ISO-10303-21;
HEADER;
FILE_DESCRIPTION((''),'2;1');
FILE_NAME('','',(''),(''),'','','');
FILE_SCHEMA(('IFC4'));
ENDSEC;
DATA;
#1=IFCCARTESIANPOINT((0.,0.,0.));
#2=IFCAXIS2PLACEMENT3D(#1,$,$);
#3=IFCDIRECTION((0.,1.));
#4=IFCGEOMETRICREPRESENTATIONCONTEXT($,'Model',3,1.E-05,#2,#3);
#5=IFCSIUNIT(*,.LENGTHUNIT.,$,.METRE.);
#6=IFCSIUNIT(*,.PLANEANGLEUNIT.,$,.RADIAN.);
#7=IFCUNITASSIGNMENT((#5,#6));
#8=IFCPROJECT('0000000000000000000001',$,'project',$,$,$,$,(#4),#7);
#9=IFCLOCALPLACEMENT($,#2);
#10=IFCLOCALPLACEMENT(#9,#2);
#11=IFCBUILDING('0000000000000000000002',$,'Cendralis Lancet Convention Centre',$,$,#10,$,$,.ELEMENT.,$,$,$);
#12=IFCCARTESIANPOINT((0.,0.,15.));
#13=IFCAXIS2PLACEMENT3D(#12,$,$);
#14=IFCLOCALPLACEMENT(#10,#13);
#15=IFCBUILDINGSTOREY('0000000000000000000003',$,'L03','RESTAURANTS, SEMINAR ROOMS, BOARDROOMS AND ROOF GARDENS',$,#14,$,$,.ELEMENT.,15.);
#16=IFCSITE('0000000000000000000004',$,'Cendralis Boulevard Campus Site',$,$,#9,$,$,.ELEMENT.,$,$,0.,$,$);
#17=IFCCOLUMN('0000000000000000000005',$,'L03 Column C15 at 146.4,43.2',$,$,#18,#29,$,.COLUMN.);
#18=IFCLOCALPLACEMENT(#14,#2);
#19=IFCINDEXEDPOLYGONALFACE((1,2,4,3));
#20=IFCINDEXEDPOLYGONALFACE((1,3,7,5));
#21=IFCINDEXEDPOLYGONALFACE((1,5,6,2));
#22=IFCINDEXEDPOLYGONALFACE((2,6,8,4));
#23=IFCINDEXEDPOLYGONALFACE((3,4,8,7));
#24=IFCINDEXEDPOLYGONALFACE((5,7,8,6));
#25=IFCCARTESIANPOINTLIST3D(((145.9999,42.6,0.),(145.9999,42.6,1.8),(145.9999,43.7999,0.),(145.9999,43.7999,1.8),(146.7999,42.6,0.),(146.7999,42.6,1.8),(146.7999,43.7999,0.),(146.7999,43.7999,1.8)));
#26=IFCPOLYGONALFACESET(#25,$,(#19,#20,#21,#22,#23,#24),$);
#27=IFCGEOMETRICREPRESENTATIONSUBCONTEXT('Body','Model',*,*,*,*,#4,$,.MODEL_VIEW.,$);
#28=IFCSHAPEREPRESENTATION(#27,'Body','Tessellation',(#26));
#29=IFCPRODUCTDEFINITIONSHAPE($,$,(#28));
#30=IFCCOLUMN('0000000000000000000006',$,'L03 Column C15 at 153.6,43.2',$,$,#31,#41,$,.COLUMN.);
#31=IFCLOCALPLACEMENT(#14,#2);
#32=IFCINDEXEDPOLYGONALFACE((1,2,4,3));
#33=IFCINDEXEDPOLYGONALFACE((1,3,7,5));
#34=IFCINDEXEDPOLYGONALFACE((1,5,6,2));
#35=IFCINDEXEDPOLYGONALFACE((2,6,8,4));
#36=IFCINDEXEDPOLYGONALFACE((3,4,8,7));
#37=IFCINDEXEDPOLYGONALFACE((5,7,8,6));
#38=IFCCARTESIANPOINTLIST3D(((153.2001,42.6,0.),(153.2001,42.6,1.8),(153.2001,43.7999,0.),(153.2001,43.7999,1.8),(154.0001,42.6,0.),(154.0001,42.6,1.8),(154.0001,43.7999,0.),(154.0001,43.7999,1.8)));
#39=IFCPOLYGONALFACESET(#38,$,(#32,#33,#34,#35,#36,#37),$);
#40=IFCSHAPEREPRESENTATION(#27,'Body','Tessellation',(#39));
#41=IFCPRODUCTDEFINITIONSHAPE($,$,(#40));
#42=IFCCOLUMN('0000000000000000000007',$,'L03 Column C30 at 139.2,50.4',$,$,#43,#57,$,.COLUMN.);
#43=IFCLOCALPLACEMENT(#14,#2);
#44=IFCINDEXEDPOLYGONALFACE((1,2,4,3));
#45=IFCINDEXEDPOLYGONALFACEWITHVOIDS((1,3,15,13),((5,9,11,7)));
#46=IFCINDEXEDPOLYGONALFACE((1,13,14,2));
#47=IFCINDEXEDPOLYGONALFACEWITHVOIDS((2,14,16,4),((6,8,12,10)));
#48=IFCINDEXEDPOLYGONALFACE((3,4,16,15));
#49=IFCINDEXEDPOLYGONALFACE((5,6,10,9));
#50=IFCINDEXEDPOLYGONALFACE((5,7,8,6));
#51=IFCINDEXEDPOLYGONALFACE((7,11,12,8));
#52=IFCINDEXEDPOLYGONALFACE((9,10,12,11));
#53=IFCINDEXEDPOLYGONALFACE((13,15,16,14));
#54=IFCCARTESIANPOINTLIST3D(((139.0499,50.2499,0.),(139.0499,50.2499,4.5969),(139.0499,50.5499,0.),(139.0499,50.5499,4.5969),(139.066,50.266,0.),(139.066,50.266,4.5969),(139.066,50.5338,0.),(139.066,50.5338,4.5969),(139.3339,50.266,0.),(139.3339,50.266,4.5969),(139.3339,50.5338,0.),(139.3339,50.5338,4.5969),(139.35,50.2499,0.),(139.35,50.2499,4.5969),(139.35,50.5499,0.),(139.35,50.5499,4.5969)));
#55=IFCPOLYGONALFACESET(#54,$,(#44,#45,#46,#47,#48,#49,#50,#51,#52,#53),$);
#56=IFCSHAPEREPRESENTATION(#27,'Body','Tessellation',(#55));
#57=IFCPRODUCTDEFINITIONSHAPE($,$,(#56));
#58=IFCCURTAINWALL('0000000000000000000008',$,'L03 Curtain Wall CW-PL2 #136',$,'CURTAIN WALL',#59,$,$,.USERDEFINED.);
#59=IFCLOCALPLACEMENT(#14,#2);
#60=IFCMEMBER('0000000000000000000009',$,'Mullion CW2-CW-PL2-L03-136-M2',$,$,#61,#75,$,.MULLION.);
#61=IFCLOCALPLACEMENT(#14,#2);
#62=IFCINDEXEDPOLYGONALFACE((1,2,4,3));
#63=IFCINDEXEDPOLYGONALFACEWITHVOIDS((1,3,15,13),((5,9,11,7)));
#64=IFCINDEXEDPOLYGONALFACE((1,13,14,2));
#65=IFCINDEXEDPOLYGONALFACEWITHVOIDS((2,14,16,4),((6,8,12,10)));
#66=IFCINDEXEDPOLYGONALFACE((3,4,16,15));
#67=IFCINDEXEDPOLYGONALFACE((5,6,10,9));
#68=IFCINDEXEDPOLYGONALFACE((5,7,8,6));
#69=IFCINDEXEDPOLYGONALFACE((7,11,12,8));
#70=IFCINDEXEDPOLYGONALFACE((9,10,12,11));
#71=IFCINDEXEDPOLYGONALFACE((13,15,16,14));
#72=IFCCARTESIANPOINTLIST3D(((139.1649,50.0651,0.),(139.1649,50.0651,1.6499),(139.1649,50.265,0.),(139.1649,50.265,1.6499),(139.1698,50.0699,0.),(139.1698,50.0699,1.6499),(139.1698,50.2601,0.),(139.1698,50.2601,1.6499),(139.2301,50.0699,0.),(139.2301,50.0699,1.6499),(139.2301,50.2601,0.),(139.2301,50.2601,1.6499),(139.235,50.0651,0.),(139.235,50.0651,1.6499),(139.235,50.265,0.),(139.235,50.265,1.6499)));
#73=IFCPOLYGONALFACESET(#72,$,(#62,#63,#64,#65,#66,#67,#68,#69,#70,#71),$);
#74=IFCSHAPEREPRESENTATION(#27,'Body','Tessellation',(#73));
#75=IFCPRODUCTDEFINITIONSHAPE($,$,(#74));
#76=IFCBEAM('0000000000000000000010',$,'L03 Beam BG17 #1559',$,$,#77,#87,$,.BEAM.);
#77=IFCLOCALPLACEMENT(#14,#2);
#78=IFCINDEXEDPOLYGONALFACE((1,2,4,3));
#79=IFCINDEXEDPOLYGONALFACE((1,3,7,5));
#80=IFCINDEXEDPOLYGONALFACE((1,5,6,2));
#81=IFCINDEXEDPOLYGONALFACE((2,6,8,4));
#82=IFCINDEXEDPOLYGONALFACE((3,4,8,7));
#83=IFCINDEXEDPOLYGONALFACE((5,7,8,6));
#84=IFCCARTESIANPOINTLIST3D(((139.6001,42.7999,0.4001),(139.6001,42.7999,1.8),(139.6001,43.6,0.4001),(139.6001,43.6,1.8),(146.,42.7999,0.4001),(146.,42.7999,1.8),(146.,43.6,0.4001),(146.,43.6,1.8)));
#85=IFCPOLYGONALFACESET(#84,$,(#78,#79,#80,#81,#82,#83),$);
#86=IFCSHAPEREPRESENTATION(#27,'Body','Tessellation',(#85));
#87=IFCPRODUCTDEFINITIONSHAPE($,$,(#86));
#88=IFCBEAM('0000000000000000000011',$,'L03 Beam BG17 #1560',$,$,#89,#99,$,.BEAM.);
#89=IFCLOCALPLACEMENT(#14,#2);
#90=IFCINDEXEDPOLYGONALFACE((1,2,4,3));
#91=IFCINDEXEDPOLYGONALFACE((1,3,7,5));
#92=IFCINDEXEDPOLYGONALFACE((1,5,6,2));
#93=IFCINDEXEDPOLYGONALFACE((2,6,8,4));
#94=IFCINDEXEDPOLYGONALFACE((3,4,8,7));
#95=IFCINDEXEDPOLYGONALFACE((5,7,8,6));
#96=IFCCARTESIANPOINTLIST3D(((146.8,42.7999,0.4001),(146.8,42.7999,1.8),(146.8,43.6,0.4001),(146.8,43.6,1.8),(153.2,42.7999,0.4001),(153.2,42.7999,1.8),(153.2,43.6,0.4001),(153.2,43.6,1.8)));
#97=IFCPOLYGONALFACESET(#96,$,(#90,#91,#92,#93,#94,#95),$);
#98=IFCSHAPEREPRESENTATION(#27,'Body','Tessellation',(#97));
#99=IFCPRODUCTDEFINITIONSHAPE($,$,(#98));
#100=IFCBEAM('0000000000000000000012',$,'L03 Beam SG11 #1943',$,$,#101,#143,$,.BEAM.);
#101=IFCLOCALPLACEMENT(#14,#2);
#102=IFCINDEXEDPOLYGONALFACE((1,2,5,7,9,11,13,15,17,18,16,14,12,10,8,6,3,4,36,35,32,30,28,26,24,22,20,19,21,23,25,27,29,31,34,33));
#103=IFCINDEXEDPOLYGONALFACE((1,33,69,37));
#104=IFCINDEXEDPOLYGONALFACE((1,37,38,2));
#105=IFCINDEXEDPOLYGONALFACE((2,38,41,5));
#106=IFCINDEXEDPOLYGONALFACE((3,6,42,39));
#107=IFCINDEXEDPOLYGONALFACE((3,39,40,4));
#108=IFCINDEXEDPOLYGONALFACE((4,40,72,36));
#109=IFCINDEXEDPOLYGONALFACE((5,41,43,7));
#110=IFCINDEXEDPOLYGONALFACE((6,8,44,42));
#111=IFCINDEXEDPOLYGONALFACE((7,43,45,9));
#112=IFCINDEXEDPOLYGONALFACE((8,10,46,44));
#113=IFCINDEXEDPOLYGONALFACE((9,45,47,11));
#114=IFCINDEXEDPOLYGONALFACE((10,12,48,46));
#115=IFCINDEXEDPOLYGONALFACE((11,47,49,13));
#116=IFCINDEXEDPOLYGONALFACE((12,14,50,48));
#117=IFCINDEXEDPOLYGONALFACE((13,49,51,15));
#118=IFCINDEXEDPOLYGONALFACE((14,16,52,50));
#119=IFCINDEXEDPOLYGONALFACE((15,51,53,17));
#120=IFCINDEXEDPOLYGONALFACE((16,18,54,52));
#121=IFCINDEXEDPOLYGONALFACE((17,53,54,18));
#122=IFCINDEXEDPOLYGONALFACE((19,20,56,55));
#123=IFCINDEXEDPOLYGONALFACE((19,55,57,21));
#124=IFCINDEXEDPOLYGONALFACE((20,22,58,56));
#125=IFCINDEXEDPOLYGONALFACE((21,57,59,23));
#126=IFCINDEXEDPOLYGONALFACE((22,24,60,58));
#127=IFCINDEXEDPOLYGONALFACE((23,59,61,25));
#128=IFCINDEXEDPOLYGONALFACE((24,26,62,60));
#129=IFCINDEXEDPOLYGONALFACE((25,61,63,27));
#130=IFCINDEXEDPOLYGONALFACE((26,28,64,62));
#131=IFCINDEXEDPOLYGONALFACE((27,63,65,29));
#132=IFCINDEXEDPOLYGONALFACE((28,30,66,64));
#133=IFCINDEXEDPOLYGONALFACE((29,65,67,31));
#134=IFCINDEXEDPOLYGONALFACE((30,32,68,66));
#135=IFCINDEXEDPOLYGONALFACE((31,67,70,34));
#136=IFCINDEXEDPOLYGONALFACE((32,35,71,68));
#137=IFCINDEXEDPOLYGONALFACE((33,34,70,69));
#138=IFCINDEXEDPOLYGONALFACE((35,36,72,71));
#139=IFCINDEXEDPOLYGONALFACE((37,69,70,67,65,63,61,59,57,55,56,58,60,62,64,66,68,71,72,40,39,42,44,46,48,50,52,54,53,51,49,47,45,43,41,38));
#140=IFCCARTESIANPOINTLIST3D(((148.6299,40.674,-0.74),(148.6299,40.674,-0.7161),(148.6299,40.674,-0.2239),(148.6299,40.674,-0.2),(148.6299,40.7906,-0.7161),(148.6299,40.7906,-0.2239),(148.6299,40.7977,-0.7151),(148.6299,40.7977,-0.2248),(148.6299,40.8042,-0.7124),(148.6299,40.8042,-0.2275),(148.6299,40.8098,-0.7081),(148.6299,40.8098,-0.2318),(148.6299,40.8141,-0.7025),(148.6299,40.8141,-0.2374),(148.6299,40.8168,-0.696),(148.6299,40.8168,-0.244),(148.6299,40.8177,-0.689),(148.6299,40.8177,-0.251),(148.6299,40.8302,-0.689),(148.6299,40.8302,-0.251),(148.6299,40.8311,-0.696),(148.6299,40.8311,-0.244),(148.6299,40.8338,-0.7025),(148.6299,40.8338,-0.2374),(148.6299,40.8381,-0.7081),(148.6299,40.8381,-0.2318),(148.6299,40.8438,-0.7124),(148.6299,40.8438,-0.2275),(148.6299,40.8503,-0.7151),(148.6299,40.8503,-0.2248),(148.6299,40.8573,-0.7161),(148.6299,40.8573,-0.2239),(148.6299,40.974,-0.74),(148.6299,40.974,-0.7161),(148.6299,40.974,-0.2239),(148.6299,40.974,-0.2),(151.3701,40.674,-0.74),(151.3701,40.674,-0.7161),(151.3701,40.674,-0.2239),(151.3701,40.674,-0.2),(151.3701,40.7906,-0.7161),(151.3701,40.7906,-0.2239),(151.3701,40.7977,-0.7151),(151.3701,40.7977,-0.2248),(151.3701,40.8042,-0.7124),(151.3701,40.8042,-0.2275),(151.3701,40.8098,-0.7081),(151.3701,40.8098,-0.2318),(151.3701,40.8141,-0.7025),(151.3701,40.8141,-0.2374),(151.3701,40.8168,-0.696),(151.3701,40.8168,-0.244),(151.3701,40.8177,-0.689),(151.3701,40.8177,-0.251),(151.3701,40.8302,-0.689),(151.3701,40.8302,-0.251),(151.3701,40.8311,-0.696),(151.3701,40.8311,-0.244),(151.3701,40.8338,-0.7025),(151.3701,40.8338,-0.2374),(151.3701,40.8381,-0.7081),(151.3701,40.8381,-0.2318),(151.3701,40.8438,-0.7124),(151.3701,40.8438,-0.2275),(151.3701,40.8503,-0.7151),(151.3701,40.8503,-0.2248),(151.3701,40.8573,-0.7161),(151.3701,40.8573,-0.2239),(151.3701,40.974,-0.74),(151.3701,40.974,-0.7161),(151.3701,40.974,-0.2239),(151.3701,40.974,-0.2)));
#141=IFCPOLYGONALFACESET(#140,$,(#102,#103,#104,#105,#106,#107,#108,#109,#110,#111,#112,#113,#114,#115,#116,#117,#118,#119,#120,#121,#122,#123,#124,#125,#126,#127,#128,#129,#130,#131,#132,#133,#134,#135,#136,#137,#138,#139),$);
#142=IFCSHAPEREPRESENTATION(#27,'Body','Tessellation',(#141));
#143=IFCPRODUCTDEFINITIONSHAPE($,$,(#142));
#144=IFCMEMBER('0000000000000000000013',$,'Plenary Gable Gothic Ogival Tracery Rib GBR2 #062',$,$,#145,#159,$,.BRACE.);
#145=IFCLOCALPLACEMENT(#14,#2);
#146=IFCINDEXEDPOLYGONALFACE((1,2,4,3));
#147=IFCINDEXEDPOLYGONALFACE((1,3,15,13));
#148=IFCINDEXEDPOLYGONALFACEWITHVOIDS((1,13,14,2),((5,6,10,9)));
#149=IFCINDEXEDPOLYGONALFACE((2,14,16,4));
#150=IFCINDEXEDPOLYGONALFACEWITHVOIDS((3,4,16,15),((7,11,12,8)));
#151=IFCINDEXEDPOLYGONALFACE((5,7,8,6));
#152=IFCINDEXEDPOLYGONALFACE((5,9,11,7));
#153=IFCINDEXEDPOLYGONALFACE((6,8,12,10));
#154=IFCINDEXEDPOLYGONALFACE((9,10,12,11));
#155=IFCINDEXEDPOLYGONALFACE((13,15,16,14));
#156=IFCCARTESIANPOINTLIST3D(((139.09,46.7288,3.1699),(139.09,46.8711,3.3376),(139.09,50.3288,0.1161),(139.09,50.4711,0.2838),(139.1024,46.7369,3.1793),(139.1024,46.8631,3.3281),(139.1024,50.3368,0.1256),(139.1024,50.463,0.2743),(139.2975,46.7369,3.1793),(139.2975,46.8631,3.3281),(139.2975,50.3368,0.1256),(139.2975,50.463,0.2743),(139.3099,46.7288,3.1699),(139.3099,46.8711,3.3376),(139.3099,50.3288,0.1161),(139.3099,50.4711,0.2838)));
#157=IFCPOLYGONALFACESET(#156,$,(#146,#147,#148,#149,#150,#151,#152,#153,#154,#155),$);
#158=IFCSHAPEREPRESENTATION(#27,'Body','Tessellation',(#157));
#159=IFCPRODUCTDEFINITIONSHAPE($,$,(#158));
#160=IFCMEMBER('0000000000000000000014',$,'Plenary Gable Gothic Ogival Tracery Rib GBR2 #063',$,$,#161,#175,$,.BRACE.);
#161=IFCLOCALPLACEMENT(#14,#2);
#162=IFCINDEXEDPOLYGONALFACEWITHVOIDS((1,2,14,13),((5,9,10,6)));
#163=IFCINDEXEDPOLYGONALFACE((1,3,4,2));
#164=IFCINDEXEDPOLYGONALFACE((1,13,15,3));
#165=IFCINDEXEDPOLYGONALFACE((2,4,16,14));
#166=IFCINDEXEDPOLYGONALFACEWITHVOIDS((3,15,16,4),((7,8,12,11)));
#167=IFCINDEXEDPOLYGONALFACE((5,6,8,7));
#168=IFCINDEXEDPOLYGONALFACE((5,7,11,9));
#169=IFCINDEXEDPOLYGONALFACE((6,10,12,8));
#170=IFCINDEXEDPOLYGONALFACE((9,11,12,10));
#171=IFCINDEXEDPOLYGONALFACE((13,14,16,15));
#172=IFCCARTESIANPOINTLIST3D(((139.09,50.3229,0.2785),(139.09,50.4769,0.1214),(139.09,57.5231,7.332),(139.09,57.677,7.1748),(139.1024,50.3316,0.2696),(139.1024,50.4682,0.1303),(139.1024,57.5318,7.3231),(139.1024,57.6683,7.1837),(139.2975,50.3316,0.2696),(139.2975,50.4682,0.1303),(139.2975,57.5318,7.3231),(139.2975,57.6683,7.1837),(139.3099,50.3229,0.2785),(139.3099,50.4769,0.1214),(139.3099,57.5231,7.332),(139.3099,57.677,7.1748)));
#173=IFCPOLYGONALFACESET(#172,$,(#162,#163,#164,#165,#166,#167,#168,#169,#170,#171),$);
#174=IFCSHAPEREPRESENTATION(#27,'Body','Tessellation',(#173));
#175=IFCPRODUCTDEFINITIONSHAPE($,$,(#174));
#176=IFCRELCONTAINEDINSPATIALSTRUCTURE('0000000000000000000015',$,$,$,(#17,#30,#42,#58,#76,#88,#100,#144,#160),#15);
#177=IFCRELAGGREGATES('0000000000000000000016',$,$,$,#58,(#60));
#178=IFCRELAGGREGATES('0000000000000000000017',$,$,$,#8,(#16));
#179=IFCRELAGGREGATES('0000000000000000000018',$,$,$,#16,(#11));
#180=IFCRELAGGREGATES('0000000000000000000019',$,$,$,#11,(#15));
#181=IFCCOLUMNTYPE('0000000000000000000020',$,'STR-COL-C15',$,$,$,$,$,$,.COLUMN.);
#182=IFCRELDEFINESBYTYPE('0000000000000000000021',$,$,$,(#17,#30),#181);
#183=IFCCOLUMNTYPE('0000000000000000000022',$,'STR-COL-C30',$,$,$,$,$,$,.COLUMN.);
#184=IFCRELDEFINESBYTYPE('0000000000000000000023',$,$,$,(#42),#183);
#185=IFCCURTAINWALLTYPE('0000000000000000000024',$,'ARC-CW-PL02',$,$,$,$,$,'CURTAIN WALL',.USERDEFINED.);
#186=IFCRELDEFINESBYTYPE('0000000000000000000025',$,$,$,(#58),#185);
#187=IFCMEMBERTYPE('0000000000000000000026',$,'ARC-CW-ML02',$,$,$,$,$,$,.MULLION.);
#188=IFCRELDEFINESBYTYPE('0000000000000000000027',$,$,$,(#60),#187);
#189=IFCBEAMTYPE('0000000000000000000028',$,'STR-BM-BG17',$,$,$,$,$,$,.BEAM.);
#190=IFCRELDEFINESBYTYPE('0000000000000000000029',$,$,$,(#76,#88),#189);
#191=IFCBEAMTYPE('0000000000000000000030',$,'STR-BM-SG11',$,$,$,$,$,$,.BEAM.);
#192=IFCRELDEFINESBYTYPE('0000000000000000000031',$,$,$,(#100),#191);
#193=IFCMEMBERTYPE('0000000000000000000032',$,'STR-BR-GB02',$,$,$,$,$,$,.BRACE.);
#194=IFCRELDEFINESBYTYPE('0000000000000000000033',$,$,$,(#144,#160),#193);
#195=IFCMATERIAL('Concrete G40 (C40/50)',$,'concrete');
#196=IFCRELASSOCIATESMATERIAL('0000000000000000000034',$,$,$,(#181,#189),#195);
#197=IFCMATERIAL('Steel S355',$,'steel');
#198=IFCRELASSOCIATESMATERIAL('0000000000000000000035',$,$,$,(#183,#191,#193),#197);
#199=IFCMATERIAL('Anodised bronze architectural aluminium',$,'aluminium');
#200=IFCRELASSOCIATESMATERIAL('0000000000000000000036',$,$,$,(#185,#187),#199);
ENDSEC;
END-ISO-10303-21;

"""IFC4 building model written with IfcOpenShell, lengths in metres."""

from ifc_helpers import new_model, si_unit, direction, frame, origin, origin_2d, place, context, subcontext, project, spatial, rectangle, hollow_rectangle, i_section, extrude, material, material_profile, profile_set, type_object, element, aggregate, save


model = new_model("IFC4")

# Units and contexts
model_context = context("Model", 3, precision=1e-05, world=origin(), true_north=direction((0.0, 1.0)))
body_context = subcontext(model_context, "Body", "Model", "MODEL_VIEW")
ifc_project = project(units=[si_unit("LENGTHUNIT", "METRE"), si_unit("PLANEANGLEUNIT", "RADIAN")], contexts=[model_context])

# Site, building, storey
site_placement = place(None, origin())
site = spatial("IfcSite", under=ifc_project, at=site_placement, Name="Cendralis Boulevard Campus Site", CompositionType="ELEMENT", RefElevation=0.0)
building_placement = place(site_placement, origin())
building = spatial("IfcBuilding", under=site, at=building_placement, Name="Cendralis Lancet Convention Centre", CompositionType="ELEMENT")
storey_placement = place(building_placement, frame((0.0, 0.0, 15.0)))
storey = spatial("IfcBuildingStorey", under=building, at=storey_placement, Name="L03", Description="RESTAURANTS, SEMINAR ROOMS, BOARDROOMS AND ROOF GARDENS", CompositionType="ELEMENT", Elevation=15.0)

# Columns
ifc_material_1 = material(Name="Concrete G40 (C40/50)", Category="concrete")
ifc_material_profile_1 = material_profile(ifc_material_1, rectangle(XDim=0.8, YDim=1.2, at=origin_2d()), Name="RC 800x1200")
ifc_profile_set_1 = profile_set([ifc_material_profile_1], Name="Concrete G40 (C40/50)")
column_type_1 = type_object("IfcColumnType", Name="STR-COL-C15", PredefinedType="COLUMN", material=ifc_profile_set_1)
for number, where, z_axis, x_axis, name in (
    (1, (146.3999, 43.2, 0.0), (0.0, 0.0, 1.0), (1.0, 0.0, 0.0), "L03 Column C15 at 146.4,43.2"),
    (2, (153.6001, 43.2, 0.0), (0.0, 0.0, 1.0), (1.0, 0.0, 0.0), "L03 Column C15 at 153.6,43.2"),
):
    element("IfcColumn", number, at=place(storey_placement, frame(where, z_axis=z_axis, x_axis=x_axis)), inside=storey, type_object=column_type_1, Name=name, PredefinedType="COLUMN", context=body_context, shape_type="SweptSolid", body=[
        extrude(rectangle(XDim=0.8, YDim=1.2, at=origin_2d()), origin(), (0.0, 0.0, 1.0), 1.8),
    ])
ifc_material_2 = material(Name="Steel S355", Category="steel")
ifc_material_profile_2 = material_profile(ifc_material_2, hollow_rectangle(XDim=0.3, YDim=0.3, WallThickness=0.0161, at=origin_2d()), Name="SHS 300x300x16.0")
ifc_profile_set_2 = profile_set([ifc_material_profile_2], Name="Steel S355")
column_type_2 = type_object("IfcColumnType", Name="STR-COL-C30", PredefinedType="COLUMN", material=ifc_profile_set_2)
column_placement = place(storey_placement, frame((139.2, 50.3999, 0.0), z_axis=(0.0, 0.0, 1.0), x_axis=(1.0, 0.0, 0.0)))
element("IfcColumn", 3, at=column_placement, inside=storey, type_object=column_type_2, Name="L03 Column C30 at 139.2,50.4", PredefinedType="COLUMN", context=body_context, shape_type="SweptSolid", body=[
    extrude(hollow_rectangle(XDim=0.3, YDim=0.3, WallThickness=0.0161, at=origin_2d()), origin(), (0.0, 0.0, 1.0), 4.5969),
])

# Curtain wall, member
ifc_material_3 = material(Name="Anodised bronze architectural aluminium", Category="aluminium")
curtain_wall_type = type_object("IfcCurtainWallType", Name="ARC-CW-PL02", ElementType="CURTAIN WALL", PredefinedType="USERDEFINED", material=ifc_material_3)
curtain_wall_placement = place(storey_placement, origin())
curtain_wall = element("IfcCurtainWall", 4, at=curtain_wall_placement, inside=storey, type_object=curtain_wall_type, Name="L03 Curtain Wall CW-PL2 #136", ObjectType="CURTAIN WALL", PredefinedType="USERDEFINED")
ifc_material_profile_3 = material_profile(ifc_material_3, hollow_rectangle(XDim=0.0701, YDim=0.2, WallThickness=0.0049, at=origin_2d()), Name="AL-MULL 70x200x5.0")
ifc_profile_set_3 = profile_set([ifc_material_profile_3], Name="Anodised bronze architectural aluminium")
member_type_1 = type_object("IfcMemberType", Name="ARC-CW-ML02", PredefinedType="MULLION", material=ifc_profile_set_3)
member_1_placement = place(storey_placement, frame((139.2, 50.165, 0.0), z_axis=(0.0, 0.0, 1.0), x_axis=(1.0, 0.0, 0.0)))
member_1 = element("IfcMember", 5, at=member_1_placement, type_object=member_type_1, Name="Mullion CW2-CW-PL2-L03-136-M2", PredefinedType="MULLION", context=body_context, shape_type="SweptSolid", body=[
    extrude(hollow_rectangle(XDim=0.0701, YDim=0.2, WallThickness=0.0049, at=origin_2d()), origin(), (0.0, 0.0, 1.0), 1.6499),
])

# Beams
ifc_material_profile_4 = material_profile(ifc_material_1, rectangle(XDim=0.8, YDim=1.3999, at=origin_2d()), Name="RCB 800x1400")
ifc_profile_set_4 = profile_set([ifc_material_profile_4], Name="Concrete G40 (C40/50)")
beam_type_1 = type_object("IfcBeamType", Name="STR-BM-BG17", PredefinedType="BEAM", material=ifc_profile_set_4)
for number, where, z_axis, x_axis, name in (
    (6, (139.6001, 43.2, 1.1001), (1.0, 0.0, 0.0), (0.0, 1.0, 0.0), "L03 Beam BG17 #1559"),
    (7, (146.8, 43.2, 1.1001), (1.0, 0.0, 0.0), (0.0, 1.0, 0.0), "L03 Beam BG17 #1560"),
):
    element("IfcBeam", number, at=place(storey_placement, frame(where, z_axis=z_axis, x_axis=x_axis)), inside=storey, type_object=beam_type_1, Name=name, PredefinedType="BEAM", context=body_context, shape_type="SweptSolid", body=[
        extrude(rectangle(XDim=0.8, YDim=1.3999, at=origin_2d()), origin(), (0.0, 0.0, 1.0), 6.3999),
    ])
ifc_material_profile_5 = material_profile(ifc_material_2, i_section(OverallWidth=0.3, OverallDepth=0.54, WebThickness=0.0125, FlangeThickness=0.0239, FilletRadius=0.0271, at=origin_2d()), Name="HEA 550")
ifc_profile_set_5 = profile_set([ifc_material_profile_5], Name="Steel S355")
beam_type_2 = type_object("IfcBeamType", Name="STR-BM-SG11", PredefinedType="BEAM", material=ifc_profile_set_5)
beam_placement = place(storey_placement, frame((148.6299, 40.824, -0.47), z_axis=(1.0, 0.0, 0.0), x_axis=(0.0, 1.0, 0.0)))
element("IfcBeam", 8, at=beam_placement, inside=storey, type_object=beam_type_2, Name="L03 Beam SG11 #1943", PredefinedType="BEAM", context=body_context, shape_type="SweptSolid", body=[
    extrude(i_section(OverallWidth=0.3, OverallDepth=0.54, WebThickness=0.0125, FlangeThickness=0.0239, FilletRadius=0.0271, at=origin_2d()), origin(), (0.0, 0.0, 1.0), 2.7402),
])

# Members
ifc_material_profile_6 = material_profile(ifc_material_2, hollow_rectangle(XDim=0.22, YDim=0.22, WallThickness=0.0125, at=origin_2d()), Name="SHS 220x220x12.5")
ifc_profile_set_6 = profile_set([ifc_material_profile_6], Name="Steel S355")
member_type_2 = type_object("IfcMemberType", Name="STR-BR-GB02", PredefinedType="BRACE", material=ifc_profile_set_6)
member_2_placement = place(storey_placement, frame((139.2, 50.3999, 0.2), z_axis=(0.0, -0.762583, 0.64689), x_axis=(1.0, 0.0, 0.0)))
element("IfcMember", 9, at=member_2_placement, inside=storey, type_object=member_type_2, Name="Plenary Gable Gothic Ogival Tracery Rib GBR2 #062", PredefinedType="BRACE", context=body_context, shape_type="SweptSolid", body=[
    extrude(hollow_rectangle(XDim=0.22, YDim=0.22, WallThickness=0.0125, at=origin_2d()), origin(), (0.0, 0.0, 1.0), 4.7207),
])
member_3_placement = place(storey_placement, frame((139.2, 50.3999, 0.2), z_axis=(0.0, 0.714348, 0.699791), x_axis=(-1.0, 0.0, 0.0)))
element("IfcMember", 10, at=member_3_placement, inside=storey, type_object=member_type_2, Name="Plenary Gable Gothic Ogival Tracery Rib GBR2 #063", PredefinedType="BRACE", context=body_context, shape_type="SweptSolid", body=[
    extrude(hollow_rectangle(XDim=0.22, YDim=0.22, WallThickness=0.0125, at=origin_2d()), origin(), (0.0, 0.0, 1.0), 10.0793),
])

aggregate(curtain_wall, [member_1])

save(model, "model.ifc")
